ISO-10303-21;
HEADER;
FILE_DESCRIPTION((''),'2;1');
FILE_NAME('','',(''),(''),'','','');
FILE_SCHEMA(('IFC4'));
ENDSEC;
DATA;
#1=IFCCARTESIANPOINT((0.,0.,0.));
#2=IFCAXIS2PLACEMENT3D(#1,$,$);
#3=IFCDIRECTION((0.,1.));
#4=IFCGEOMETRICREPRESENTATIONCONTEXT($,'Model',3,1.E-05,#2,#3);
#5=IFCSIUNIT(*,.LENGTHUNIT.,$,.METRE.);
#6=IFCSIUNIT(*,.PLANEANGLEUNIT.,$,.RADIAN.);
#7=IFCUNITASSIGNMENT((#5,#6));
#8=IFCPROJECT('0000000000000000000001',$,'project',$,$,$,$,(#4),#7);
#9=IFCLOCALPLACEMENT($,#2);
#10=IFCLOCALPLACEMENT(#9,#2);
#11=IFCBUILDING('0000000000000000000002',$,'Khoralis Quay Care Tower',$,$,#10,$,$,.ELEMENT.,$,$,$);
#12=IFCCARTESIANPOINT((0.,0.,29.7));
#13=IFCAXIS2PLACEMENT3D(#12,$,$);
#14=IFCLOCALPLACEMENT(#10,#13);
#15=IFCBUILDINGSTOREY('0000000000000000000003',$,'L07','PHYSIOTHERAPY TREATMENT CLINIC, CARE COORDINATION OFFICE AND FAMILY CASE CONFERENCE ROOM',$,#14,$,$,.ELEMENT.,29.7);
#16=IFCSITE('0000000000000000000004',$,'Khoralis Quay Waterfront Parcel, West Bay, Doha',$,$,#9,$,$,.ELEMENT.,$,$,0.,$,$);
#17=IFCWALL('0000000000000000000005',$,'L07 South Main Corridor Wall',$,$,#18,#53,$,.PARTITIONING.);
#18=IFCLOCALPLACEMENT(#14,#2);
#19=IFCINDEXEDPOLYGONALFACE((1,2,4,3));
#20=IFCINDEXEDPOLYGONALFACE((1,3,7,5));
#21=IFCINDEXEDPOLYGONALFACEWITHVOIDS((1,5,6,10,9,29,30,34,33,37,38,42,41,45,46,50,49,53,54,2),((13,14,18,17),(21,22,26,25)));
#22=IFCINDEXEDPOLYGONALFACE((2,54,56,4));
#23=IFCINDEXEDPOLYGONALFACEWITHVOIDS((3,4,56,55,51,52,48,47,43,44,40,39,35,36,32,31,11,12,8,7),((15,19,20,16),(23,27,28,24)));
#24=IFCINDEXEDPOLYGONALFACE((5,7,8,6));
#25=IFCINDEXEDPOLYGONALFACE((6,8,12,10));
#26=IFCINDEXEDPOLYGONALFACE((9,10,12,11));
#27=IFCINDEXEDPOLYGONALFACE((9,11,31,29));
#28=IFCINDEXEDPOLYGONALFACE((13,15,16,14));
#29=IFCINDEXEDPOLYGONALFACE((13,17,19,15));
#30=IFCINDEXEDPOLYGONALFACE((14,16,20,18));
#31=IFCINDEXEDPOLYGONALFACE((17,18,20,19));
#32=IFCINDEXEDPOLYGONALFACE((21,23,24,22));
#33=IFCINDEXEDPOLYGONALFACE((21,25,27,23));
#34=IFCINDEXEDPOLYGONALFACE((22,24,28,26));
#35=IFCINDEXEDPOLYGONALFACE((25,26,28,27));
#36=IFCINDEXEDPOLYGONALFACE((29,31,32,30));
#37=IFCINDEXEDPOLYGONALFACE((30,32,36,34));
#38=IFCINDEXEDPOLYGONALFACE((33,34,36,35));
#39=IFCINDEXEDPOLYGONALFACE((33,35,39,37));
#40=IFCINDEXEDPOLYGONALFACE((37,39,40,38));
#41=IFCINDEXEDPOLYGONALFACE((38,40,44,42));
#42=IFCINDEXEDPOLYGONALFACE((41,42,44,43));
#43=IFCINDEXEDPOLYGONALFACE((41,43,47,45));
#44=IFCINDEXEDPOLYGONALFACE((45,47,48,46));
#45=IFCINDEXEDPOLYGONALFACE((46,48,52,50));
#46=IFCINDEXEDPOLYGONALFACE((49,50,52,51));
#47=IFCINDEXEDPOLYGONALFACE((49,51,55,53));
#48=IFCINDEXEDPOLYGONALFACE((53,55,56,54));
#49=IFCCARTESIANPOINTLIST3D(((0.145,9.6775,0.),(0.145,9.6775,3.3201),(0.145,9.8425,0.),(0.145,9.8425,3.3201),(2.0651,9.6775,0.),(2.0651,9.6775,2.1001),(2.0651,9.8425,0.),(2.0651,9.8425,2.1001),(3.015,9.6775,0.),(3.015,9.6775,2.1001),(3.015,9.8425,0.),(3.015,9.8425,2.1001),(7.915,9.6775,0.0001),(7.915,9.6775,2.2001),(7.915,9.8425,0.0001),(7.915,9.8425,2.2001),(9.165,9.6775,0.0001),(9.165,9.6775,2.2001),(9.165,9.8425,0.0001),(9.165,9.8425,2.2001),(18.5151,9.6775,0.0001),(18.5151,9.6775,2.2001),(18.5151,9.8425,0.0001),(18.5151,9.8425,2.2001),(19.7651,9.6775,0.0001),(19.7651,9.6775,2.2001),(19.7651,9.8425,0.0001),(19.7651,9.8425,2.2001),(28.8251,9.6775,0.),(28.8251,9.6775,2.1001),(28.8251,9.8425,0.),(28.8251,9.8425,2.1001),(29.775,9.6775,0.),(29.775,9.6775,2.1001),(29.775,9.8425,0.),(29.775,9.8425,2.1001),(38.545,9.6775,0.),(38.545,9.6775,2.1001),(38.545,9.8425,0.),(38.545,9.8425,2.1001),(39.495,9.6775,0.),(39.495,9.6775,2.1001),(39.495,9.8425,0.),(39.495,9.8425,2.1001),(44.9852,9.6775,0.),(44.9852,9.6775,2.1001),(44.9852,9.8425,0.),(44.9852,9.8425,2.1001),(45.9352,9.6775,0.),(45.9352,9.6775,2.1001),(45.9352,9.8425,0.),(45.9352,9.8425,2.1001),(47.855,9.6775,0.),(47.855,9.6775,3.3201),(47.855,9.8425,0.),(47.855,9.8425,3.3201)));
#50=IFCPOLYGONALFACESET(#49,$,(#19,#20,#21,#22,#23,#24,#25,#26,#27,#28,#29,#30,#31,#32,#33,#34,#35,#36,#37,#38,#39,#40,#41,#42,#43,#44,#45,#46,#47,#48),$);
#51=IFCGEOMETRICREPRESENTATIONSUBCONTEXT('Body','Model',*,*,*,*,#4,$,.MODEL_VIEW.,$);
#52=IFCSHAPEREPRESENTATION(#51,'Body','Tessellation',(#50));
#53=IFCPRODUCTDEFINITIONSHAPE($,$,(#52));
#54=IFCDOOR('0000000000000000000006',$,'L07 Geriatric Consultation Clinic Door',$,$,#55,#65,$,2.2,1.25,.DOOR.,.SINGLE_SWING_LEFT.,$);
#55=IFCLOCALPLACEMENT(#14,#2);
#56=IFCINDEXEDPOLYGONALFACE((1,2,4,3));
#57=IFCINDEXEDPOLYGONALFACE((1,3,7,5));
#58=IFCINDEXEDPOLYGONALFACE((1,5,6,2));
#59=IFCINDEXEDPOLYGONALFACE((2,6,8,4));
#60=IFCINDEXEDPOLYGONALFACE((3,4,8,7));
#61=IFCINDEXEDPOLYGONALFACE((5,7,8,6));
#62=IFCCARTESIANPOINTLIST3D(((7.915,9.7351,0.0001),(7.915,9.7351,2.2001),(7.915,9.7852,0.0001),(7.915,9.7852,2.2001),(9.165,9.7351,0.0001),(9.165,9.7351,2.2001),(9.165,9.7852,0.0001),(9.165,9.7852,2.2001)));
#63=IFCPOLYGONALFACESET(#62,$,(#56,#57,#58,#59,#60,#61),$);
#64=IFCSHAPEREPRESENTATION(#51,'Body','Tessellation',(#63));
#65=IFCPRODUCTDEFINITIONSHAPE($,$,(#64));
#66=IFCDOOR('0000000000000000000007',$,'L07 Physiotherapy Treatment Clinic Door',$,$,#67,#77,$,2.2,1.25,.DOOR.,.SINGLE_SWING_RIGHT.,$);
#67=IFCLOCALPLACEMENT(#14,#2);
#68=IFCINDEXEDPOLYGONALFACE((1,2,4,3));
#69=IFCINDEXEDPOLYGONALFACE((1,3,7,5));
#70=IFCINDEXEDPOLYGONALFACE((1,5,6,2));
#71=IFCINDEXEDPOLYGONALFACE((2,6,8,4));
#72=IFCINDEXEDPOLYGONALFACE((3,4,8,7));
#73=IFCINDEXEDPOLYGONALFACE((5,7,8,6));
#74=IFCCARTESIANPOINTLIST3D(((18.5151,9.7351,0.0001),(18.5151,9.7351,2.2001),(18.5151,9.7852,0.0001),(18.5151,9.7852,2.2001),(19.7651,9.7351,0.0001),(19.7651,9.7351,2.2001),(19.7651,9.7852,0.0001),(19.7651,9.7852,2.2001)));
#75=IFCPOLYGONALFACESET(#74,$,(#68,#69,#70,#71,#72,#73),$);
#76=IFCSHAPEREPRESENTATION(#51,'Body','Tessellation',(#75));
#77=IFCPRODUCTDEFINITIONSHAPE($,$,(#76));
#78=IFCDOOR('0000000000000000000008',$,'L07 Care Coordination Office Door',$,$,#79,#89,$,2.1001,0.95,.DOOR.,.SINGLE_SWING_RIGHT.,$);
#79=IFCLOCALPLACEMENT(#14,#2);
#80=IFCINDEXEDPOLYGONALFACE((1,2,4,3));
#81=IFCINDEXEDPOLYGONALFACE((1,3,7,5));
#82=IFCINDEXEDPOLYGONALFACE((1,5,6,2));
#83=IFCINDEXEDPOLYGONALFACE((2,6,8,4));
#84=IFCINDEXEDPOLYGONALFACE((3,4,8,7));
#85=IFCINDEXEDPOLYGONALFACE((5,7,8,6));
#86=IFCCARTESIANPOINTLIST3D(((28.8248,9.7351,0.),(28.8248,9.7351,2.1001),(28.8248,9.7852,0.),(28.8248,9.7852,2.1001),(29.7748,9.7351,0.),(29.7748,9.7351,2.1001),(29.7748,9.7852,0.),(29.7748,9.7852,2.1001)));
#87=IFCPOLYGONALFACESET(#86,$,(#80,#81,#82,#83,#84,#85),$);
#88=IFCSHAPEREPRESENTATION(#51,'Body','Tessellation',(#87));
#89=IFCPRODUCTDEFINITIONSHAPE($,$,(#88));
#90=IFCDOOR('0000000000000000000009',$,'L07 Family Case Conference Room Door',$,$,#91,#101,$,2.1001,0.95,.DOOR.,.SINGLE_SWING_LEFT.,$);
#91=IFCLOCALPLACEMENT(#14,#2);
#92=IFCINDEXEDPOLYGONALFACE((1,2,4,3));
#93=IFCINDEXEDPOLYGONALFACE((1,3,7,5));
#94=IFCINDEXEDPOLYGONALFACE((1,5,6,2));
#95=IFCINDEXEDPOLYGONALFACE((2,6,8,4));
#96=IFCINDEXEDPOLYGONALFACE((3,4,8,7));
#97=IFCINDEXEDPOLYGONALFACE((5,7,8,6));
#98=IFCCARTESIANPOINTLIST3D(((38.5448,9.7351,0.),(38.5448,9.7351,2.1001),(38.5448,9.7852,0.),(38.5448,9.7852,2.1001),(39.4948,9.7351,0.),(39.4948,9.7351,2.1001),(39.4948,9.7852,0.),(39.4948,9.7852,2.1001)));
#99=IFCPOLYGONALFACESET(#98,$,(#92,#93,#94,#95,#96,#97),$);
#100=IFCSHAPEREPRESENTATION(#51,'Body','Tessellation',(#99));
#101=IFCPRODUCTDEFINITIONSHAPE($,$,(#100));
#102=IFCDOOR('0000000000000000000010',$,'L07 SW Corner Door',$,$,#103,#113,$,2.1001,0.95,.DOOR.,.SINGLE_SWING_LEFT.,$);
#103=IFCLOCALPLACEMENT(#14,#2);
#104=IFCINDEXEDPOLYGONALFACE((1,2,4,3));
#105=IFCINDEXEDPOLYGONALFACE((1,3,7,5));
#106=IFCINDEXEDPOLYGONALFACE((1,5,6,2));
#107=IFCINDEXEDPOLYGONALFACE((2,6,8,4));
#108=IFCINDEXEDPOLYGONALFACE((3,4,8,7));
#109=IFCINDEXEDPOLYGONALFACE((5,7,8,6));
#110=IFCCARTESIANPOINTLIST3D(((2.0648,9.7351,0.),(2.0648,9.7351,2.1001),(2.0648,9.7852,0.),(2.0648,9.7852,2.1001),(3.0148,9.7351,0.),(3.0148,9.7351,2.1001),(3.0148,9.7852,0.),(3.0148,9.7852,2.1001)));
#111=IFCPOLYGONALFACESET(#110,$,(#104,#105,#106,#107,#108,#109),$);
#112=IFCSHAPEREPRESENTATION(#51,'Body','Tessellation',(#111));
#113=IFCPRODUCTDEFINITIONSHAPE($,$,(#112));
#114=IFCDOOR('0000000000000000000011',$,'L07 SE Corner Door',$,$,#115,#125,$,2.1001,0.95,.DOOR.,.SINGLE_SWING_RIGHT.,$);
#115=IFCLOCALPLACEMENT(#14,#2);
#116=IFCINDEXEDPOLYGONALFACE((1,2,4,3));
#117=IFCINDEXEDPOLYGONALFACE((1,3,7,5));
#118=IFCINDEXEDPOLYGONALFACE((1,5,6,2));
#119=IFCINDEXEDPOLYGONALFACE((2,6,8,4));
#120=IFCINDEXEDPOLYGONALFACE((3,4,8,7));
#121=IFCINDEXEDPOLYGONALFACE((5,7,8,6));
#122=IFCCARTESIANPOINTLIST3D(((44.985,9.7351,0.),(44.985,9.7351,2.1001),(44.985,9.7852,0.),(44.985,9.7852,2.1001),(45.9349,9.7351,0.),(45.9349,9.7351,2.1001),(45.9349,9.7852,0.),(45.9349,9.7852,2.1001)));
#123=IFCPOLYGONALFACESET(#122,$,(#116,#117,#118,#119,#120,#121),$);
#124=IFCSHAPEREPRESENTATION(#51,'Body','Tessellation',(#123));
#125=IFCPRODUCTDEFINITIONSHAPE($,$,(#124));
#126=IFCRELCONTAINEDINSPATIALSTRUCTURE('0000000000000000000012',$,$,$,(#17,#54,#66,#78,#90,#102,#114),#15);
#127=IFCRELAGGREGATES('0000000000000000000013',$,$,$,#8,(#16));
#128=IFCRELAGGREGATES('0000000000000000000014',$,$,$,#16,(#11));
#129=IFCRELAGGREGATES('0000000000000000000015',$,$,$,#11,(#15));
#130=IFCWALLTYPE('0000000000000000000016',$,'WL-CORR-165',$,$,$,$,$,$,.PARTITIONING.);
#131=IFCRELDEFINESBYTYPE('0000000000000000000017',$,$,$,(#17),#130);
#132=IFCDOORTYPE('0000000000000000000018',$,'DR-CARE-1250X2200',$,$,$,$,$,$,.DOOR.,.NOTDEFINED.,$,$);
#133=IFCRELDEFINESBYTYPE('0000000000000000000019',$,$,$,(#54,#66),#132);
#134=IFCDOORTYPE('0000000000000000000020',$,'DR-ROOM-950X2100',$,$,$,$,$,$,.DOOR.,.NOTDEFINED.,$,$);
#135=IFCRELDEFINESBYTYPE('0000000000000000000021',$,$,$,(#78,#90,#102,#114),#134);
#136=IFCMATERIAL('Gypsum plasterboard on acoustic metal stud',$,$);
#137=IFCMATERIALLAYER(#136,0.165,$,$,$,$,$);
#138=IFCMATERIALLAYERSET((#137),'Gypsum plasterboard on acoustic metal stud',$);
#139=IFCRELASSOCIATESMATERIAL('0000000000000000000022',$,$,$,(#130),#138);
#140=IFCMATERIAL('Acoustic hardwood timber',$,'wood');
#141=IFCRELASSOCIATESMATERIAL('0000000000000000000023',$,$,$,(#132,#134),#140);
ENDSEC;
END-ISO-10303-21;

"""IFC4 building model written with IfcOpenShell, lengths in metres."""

from ifc_helpers import new_model, si_unit, direction, frame, frame_2d, origin, place, context, subcontext, project, spatial, rectangle, extrude, source, transform, mapped, material, layer, layer_set, type_object, element, fill, save


model = new_model("IFC4")

# Units and contexts
model_context = context("Model", 3, precision=1e-05, world=origin(), true_north=direction((0.0, 1.0)))
body_context = subcontext(model_context, "Body", "Model", "MODEL_VIEW")
ifc_project = project(units=[si_unit("LENGTHUNIT", "METRE"), si_unit("PLANEANGLEUNIT", "RADIAN")], contexts=[model_context])

# Site, building, storey
site_placement = place(None, origin())
site = spatial("IfcSite", under=ifc_project, at=site_placement, Name="Khoralis Quay Waterfront Parcel, West Bay, Doha", CompositionType="ELEMENT", RefElevation=0.0)
building_placement = place(site_placement, origin())
building = spatial("IfcBuilding", under=site, at=building_placement, Name="Khoralis Quay Care Tower", CompositionType="ELEMENT")
storey_placement = place(building_placement, frame((0.0, 0.0, 29.7)))
storey = spatial("IfcBuildingStorey", under=building, at=storey_placement, Name="L07", Description="PHYSIOTHERAPY TREATMENT CLINIC, CARE COORDINATION OFFICE AND FAMILY CASE CONFERENCE ROOM", CompositionType="ELEMENT", Elevation=29.7)

# Wall, openings, doors
ifc_material_1 = material(Name="Gypsum plasterboard on acoustic metal stud")
ifc_layer_1 = layer(ifc_material_1, 0.165)
ifc_layer_set_1 = layer_set([ifc_layer_1], Name="Gypsum plasterboard on acoustic metal stud")
wall_type_1 = type_object("IfcWallType", Name="WL-CORR-165", PredefinedType="PARTITIONING", material=ifc_layer_set_1)
wall_1_placement = place(storey_placement, frame((0.145, 9.76, 0.0), z_axis=(0.0, 0.0, 1.0), x_axis=(1.0, 0.0, 0.0)))
wall_1 = element("IfcWall", 1, at=wall_1_placement, inside=storey, type_object=wall_type_1, Name="L07 South Main Corridor Wall", PredefinedType="PARTITIONING", context=body_context, shape_type="SweptSolid", body=[
    extrude(rectangle(XDim=47.71, YDim=0.165, at=frame_2d((23.855, 0.0))), origin(), (0.0, 0.0, 1.0), 3.3201),
])
opening_1_placement = place(wall_1_placement, frame((7.77, 0.0, 0.0)))
opening_1 = element("IfcOpeningElement", 2, at=opening_1_placement, cuts=wall_1, PredefinedType="OPENING", context=body_context, shape_type="SweptSolid", body=[
    extrude(rectangle(XDim=1.25, YDim=2.2, at=frame_2d((0.625, 1.1001))), frame((0.0, 0.0925, 0.0), z_axis=(0.0, -1.0, 0.0), x_axis=(1.0, 0.0, 0.0)), (0.0, 0.0, 1.0), 0.1851),
])
opening_2_placement = place(wall_1_placement, frame((18.3701, 0.0, 0.0)))
opening_2 = element("IfcOpeningElement", 3, at=opening_2_placement, cuts=wall_1, PredefinedType="OPENING", context=body_context, shape_type="SweptSolid", body=[
    extrude(rectangle(XDim=1.25, YDim=2.2, at=frame_2d((0.625, 1.1001))), frame((0.0, 0.0925, 0.0), z_axis=(0.0, -1.0, 0.0), x_axis=(1.0, 0.0, 0.0)), (0.0, 0.0, 1.0), 0.1851),
])
opening_3_placement = place(wall_1_placement, frame((28.6799, 0.0, 0.0)))
opening_3 = element("IfcOpeningElement", 4, at=opening_3_placement, cuts=wall_1, PredefinedType="OPENING", context=body_context, shape_type="SweptSolid", body=[
    extrude(rectangle(XDim=0.95, YDim=2.1001, at=frame_2d((0.4751, 1.05))), frame((0.0, 0.0925, 0.0), z_axis=(0.0, -1.0, 0.0), x_axis=(1.0, 0.0, 0.0)), (0.0, 0.0, 1.0), 0.1851),
])
opening_4_placement = place(wall_1_placement, frame((38.3999, 0.0, 0.0)))
opening_4 = element("IfcOpeningElement", 5, at=opening_4_placement, cuts=wall_1, PredefinedType="OPENING", context=body_context, shape_type="SweptSolid", body=[
    extrude(rectangle(XDim=0.95, YDim=2.1001, at=frame_2d((0.4751, 1.05))), frame((0.0, 0.0925, 0.0), z_axis=(0.0, -1.0, 0.0), x_axis=(1.0, 0.0, 0.0)), (0.0, 0.0, 1.0), 0.1851),
])
opening_5_placement = place(wall_1_placement, frame((1.9199, 0.0, 0.0)))
opening_5 = element("IfcOpeningElement", 6, at=opening_5_placement, cuts=wall_1, PredefinedType="OPENING", context=body_context, shape_type="SweptSolid", body=[
    extrude(rectangle(XDim=0.95, YDim=2.1001, at=frame_2d((0.4751, 1.05))), frame((0.0, 0.0925, 0.0), z_axis=(0.0, -1.0, 0.0), x_axis=(1.0, 0.0, 0.0)), (0.0, 0.0, 1.0), 0.1851),
])
opening_6_placement = place(wall_1_placement, frame((44.8401, 0.0, 0.0)))
opening_6 = element("IfcOpeningElement", 7, at=opening_6_placement, cuts=wall_1, PredefinedType="OPENING", context=body_context, shape_type="SweptSolid", body=[
    extrude(rectangle(XDim=0.95, YDim=2.1001, at=frame_2d((0.4751, 1.05))), frame((0.0, 0.0925, 0.0), z_axis=(0.0, -1.0, 0.0), x_axis=(1.0, 0.0, 0.0)), (0.0, 0.0, 1.0), 0.1851),
])
ifc_material_2 = material(Name="Acoustic hardwood timber", Category="wood")
door_type_1 = type_object("IfcDoorType", Name="DR-CARE-1250X2200", OperationType="NOTDEFINED", PredefinedType="DOOR", material=ifc_material_2)
shared_shape_1 = source(origin(), body_context, "Body", "SweptSolid", [
    extrude(rectangle(XDim=1.25, YDim=2.2, at=frame_2d((0.625, 1.1001))), frame((0.0, 0.0249, 0.0), z_axis=(0.0, -1.0, 0.0), x_axis=(1.0, 0.0, 0.0)), (0.0, 0.0, 1.0), 0.05),
])
door_1_placement = place(opening_1_placement, frame((1.25, 0.0, 0.0), z_axis=(0.0, 0.0, 1.0), x_axis=(-1.0, 0.0, 0.0)))
door_1 = element("IfcDoor", 8, at=door_1_placement, inside=storey, type_object=door_type_1, Name="L07 Geriatric Consultation Clinic Door", OperationType="SINGLE_SWING_LEFT", OverallHeight=2.2, OverallWidth=1.25, PredefinedType="DOOR", context=body_context, shape_type="MappedRepresentation", body=[
    mapped(shared_shape_1, transform((0.0, 0.0, 0.0), scale=1.0)),
])
fill(opening_1, door_1)
door_2_placement = place(opening_2_placement, frame((1.25, 0.0, 0.0), z_axis=(0.0, 0.0, 1.0), x_axis=(-1.0, 0.0, 0.0)))
door_2 = element("IfcDoor", 9, at=door_2_placement, inside=storey, type_object=door_type_1, Name="L07 Physiotherapy Treatment Clinic Door", OperationType="SINGLE_SWING_RIGHT", OverallHeight=2.2, OverallWidth=1.25, PredefinedType="DOOR", context=body_context, shape_type="MappedRepresentation", body=[
    mapped(shared_shape_1, transform((0.0, 0.0, 0.0), scale=1.0)),
])
fill(opening_2, door_2)
door_type_2 = type_object("IfcDoorType", Name="DR-ROOM-950X2100", OperationType="NOTDEFINED", PredefinedType="DOOR", material=ifc_material_2)
shared_shape_2 = source(origin(), body_context, "Body", "SweptSolid", [
    extrude(rectangle(XDim=0.95, YDim=2.1001, at=frame_2d((0.4751, 1.05))), frame((0.0, 0.0249, 0.0), z_axis=(0.0, -1.0, 0.0), x_axis=(1.0, 0.0, 0.0)), (0.0, 0.0, 1.0), 0.05),
])
door_3_placement = place(opening_3_placement, frame((0.95, 0.0, 0.0), z_axis=(0.0, 0.0, 1.0), x_axis=(-1.0, 0.0, 0.0)))
door_3 = element("IfcDoor", 10, at=door_3_placement, inside=storey, type_object=door_type_2, Name="L07 Care Coordination Office Door", OperationType="SINGLE_SWING_RIGHT", OverallHeight=2.1001, OverallWidth=0.95, PredefinedType="DOOR", context=body_context, shape_type="MappedRepresentation", body=[
    mapped(shared_shape_2, transform((0.0, 0.0, 0.0), scale=1.0)),
])
fill(opening_3, door_3)
door_4_placement = place(opening_4_placement, frame((0.95, 0.0, 0.0), z_axis=(0.0, 0.0, 1.0), x_axis=(-1.0, 0.0, 0.0)))
door_4 = element("IfcDoor", 11, at=door_4_placement, inside=storey, type_object=door_type_2, Name="L07 Family Case Conference Room Door", OperationType="SINGLE_SWING_LEFT", OverallHeight=2.1001, OverallWidth=0.95, PredefinedType="DOOR", context=body_context, shape_type="MappedRepresentation", body=[
    mapped(shared_shape_2, transform((0.0, 0.0, 0.0), scale=1.0)),
])
fill(opening_4, door_4)
door_5_placement = place(opening_5_placement, frame((0.95, 0.0, 0.0), z_axis=(0.0, 0.0, 1.0), x_axis=(-1.0, 0.0, 0.0)))
door_5 = element("IfcDoor", 12, at=door_5_placement, inside=storey, type_object=door_type_2, Name="L07 SW Corner Door", OperationType="SINGLE_SWING_LEFT", OverallHeight=2.1001, OverallWidth=0.95, PredefinedType="DOOR", context=body_context, shape_type="MappedRepresentation", body=[
    mapped(shared_shape_2, transform((0.0, 0.0, 0.0), scale=1.0)),
])
fill(opening_5, door_5)
door_6_placement = place(opening_6_placement, frame((0.95, 0.0, 0.0), z_axis=(0.0, 0.0, 1.0), x_axis=(-1.0, 0.0, 0.0)))
door_6 = element("IfcDoor", 13, at=door_6_placement, inside=storey, type_object=door_type_2, Name="L07 SE Corner Door", OperationType="SINGLE_SWING_RIGHT", OverallHeight=2.1001, OverallWidth=0.95, PredefinedType="DOOR", context=body_context, shape_type="MappedRepresentation", body=[
    mapped(shared_shape_2, transform((0.0, 0.0, 0.0), scale=1.0)),
])
fill(opening_6, door_6)

save(model, "model.ifc")
